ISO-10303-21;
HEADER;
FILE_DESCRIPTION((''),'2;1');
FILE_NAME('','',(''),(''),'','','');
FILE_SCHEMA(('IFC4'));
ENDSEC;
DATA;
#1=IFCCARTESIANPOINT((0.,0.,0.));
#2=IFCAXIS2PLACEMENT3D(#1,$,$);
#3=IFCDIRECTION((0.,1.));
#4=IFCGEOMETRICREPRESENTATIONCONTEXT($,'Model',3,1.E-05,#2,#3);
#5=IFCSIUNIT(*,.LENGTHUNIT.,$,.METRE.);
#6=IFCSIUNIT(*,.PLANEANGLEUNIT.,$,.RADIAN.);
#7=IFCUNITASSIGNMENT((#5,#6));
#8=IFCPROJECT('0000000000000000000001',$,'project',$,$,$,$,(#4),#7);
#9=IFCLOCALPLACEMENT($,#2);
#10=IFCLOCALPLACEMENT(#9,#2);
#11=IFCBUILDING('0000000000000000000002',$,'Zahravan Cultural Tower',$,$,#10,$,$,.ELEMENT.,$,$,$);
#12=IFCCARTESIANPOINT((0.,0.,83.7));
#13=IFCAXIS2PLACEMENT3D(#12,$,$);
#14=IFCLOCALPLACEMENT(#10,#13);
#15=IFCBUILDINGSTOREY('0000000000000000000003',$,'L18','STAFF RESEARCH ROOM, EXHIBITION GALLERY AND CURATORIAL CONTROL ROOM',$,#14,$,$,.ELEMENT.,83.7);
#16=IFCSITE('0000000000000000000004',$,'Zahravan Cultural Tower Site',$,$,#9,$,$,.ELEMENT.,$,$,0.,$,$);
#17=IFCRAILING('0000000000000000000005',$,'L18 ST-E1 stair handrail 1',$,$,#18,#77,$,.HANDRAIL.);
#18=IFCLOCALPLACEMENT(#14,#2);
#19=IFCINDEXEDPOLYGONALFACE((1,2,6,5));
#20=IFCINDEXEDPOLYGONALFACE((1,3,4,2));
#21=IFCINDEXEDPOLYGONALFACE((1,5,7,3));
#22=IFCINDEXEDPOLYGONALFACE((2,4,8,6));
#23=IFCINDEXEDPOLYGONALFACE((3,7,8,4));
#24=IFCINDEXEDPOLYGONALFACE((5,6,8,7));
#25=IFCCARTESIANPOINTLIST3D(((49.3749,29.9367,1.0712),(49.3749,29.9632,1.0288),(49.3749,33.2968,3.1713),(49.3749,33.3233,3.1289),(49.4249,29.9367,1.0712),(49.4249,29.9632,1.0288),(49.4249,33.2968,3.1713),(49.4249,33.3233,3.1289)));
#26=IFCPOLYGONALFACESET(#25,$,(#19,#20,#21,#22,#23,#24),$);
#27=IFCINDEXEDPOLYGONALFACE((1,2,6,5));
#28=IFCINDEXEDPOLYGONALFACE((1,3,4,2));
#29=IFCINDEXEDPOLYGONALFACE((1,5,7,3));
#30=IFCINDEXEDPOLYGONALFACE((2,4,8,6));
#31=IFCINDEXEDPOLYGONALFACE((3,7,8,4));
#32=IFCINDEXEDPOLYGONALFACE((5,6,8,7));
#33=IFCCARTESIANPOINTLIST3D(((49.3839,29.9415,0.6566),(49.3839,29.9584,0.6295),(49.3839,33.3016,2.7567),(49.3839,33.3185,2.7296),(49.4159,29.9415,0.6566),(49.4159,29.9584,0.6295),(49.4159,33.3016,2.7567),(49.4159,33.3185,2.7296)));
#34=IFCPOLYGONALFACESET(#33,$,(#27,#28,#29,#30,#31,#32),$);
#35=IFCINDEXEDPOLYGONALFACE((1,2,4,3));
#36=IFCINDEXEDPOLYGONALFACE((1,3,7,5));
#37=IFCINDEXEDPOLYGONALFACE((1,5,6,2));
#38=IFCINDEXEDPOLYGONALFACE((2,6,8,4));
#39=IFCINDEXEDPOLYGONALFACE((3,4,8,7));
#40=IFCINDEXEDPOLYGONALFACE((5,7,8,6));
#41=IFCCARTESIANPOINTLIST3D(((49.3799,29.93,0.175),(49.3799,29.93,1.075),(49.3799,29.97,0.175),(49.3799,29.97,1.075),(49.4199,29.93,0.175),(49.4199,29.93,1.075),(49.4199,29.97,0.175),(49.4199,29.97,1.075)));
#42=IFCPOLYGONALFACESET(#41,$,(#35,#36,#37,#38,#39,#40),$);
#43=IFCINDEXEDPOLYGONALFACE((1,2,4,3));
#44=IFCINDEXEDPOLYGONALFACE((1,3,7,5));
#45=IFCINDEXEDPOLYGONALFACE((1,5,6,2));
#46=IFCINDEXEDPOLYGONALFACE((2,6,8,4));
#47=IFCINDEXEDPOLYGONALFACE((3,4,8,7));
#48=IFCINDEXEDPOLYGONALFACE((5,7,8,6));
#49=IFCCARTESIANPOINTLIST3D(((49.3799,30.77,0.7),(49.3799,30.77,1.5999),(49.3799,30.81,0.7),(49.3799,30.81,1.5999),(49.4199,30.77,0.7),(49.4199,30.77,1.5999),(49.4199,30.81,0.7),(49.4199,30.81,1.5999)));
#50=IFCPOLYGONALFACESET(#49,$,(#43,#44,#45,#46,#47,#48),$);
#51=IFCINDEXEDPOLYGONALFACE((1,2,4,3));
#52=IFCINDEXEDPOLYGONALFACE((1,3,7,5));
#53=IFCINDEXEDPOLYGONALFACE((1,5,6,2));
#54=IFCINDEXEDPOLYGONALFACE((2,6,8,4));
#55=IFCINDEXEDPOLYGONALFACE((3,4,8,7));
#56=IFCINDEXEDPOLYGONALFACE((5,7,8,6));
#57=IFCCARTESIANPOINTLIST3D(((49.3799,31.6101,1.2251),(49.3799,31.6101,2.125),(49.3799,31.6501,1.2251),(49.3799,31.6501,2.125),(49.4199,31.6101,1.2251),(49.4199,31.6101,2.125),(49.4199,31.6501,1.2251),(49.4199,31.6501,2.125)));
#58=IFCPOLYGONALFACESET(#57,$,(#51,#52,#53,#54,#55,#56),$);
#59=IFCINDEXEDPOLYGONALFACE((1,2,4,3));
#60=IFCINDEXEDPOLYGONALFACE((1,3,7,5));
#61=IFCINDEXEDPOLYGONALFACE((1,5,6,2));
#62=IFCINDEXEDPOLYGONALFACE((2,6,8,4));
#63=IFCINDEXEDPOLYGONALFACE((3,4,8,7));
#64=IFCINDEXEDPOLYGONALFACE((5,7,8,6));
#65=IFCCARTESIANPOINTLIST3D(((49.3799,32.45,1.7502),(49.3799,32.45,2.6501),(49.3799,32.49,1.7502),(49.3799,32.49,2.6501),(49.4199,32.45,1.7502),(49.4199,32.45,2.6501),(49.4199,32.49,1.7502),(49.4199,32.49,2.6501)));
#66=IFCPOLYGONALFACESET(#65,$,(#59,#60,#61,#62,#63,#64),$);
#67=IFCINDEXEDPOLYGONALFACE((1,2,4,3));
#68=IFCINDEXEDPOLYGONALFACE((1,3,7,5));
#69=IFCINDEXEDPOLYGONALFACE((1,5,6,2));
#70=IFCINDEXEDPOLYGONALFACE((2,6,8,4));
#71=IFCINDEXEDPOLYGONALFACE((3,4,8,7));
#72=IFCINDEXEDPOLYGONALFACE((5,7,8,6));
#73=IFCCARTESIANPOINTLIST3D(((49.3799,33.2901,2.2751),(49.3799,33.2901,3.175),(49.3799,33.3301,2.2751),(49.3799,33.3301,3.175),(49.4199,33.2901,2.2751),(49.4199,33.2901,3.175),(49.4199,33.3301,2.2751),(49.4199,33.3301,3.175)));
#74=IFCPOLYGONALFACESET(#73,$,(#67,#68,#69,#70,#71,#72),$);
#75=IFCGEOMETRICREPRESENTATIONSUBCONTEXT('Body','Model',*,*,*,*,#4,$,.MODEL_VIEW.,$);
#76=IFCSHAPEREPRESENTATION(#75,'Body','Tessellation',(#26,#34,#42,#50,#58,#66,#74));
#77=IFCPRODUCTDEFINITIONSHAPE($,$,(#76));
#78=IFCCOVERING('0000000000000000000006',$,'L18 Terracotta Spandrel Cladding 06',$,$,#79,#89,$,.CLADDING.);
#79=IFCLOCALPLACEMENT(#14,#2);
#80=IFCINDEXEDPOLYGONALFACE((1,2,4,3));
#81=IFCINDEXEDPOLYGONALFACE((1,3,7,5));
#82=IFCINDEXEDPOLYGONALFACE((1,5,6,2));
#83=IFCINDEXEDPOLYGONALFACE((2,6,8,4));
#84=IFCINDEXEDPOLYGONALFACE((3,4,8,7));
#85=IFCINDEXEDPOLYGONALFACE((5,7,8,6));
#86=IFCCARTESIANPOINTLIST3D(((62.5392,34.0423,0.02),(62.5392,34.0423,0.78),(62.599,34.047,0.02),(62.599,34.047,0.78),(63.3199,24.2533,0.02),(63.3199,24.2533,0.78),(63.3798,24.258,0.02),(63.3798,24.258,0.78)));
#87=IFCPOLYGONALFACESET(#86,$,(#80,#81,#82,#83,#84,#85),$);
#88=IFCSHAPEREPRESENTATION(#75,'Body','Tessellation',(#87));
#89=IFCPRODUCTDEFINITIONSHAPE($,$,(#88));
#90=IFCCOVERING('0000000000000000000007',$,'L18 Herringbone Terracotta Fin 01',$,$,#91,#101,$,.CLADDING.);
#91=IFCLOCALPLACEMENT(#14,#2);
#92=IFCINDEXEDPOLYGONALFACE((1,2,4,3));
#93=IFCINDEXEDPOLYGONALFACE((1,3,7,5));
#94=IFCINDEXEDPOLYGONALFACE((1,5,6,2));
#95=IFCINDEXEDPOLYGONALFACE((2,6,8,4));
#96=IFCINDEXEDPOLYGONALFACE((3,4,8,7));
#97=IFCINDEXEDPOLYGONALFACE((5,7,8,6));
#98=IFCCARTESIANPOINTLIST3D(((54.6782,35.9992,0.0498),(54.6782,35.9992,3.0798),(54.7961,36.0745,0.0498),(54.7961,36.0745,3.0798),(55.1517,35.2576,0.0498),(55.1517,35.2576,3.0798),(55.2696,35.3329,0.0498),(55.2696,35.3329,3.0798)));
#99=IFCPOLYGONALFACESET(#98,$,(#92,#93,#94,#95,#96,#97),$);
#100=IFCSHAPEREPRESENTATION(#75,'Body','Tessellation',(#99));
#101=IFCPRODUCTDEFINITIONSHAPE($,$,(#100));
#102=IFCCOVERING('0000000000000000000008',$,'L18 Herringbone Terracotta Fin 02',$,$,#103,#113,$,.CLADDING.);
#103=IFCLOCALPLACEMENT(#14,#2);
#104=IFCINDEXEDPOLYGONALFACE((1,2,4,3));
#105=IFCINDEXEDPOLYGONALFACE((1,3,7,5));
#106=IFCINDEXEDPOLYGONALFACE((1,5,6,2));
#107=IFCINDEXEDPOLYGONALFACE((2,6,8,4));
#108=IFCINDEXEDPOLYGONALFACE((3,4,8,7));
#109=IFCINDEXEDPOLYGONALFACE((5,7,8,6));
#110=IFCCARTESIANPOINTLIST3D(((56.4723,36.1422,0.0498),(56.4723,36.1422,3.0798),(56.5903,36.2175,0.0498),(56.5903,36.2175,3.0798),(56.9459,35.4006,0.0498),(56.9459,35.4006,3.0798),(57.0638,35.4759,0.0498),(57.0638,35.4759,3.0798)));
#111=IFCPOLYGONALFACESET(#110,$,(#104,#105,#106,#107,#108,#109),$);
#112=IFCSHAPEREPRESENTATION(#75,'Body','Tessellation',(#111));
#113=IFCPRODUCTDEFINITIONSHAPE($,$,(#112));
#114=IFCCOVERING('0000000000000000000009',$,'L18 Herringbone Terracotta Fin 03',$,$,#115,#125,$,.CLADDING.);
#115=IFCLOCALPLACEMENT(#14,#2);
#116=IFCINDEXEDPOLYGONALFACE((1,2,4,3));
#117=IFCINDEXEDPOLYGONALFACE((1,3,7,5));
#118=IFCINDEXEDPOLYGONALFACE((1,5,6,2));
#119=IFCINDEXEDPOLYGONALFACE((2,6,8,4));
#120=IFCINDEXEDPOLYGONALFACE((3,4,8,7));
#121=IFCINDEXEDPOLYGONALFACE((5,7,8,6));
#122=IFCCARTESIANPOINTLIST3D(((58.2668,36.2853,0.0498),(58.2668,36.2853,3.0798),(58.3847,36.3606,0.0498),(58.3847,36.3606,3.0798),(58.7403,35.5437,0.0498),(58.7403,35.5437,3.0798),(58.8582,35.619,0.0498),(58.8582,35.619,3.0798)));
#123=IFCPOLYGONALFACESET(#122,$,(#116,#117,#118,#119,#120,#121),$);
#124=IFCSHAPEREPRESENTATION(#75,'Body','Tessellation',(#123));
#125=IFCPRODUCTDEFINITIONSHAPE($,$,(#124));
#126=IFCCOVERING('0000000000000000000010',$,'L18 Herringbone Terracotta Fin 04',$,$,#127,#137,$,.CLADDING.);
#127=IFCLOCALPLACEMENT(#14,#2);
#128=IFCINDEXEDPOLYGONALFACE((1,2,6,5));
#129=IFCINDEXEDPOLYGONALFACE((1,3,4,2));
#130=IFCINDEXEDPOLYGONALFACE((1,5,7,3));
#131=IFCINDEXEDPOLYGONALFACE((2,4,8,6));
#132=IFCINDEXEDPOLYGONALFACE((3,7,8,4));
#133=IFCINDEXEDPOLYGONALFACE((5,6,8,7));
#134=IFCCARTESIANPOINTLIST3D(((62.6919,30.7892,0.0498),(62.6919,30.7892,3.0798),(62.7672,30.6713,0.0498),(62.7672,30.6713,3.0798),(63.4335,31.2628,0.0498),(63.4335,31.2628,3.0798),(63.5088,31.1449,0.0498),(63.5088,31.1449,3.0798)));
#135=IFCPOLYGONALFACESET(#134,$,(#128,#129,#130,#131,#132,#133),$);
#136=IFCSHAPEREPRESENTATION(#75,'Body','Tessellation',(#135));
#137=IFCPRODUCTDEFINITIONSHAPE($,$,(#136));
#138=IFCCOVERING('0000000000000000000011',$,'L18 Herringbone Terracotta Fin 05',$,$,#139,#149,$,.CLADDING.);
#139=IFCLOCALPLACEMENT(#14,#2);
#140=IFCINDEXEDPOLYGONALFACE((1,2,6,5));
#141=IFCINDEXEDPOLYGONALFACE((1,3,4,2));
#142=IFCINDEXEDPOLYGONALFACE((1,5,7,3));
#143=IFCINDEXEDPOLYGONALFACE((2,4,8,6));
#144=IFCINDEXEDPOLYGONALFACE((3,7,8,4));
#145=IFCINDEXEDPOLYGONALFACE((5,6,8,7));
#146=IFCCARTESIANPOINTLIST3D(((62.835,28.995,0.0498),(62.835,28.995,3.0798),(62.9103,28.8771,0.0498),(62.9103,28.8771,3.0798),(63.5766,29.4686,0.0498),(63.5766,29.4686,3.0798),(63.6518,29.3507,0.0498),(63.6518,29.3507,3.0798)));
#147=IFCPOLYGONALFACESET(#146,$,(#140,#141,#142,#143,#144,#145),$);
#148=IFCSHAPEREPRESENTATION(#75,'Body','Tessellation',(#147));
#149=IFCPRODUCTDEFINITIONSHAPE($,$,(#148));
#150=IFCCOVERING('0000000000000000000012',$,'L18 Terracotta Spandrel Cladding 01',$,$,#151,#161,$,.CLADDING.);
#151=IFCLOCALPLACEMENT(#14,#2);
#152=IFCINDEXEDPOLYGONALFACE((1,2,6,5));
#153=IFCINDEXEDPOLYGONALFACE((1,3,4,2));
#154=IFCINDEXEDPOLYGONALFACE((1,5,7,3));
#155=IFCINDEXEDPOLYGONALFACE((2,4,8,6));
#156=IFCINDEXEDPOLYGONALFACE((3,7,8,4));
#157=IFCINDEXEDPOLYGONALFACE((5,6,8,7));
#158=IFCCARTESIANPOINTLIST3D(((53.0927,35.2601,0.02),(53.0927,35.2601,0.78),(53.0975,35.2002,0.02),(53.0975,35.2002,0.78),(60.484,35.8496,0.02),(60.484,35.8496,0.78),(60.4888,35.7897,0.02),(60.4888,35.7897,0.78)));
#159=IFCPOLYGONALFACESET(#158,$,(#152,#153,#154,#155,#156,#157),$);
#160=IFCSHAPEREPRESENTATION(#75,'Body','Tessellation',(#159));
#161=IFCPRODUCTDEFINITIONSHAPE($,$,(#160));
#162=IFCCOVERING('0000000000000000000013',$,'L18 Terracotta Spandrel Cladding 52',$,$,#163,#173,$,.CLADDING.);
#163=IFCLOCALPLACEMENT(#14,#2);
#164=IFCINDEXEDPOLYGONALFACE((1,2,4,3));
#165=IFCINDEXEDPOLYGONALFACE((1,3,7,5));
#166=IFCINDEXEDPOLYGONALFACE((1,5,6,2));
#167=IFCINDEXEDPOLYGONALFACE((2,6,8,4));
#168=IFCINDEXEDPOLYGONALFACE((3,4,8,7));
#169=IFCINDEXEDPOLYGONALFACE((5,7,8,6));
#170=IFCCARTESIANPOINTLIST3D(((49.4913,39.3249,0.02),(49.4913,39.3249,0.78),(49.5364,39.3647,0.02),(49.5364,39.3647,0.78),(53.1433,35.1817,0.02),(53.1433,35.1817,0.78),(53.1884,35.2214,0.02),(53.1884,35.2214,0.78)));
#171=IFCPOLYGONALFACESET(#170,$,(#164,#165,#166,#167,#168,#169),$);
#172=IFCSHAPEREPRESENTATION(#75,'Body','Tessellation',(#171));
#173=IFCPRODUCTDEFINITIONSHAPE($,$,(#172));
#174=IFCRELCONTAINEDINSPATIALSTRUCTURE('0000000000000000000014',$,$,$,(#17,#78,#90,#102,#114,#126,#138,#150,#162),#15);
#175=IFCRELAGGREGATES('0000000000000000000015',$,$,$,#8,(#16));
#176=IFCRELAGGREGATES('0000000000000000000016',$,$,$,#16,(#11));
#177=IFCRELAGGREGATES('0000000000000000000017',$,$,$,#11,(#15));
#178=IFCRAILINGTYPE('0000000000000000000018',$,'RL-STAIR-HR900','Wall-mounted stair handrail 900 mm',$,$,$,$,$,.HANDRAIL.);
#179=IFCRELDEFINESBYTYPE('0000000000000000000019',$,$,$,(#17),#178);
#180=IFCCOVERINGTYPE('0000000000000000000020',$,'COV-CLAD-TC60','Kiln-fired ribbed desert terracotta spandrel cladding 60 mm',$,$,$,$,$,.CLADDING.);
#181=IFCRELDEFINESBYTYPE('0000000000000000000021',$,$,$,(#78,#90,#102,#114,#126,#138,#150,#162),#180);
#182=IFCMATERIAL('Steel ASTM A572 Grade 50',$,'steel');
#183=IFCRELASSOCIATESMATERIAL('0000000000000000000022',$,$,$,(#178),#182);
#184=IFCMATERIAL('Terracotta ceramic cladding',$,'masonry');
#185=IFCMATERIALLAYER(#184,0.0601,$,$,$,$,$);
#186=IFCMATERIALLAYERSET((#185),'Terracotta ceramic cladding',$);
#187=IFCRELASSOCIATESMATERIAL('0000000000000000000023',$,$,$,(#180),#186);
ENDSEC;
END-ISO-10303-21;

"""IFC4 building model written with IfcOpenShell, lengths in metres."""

from ifc_helpers import new_model, si_unit, direction, frame, origin, origin_2d, place, context, subcontext, project, spatial, rectangle, extrude, source, transform, mapped, material, layer, layer_set, type_object, element, save


model = new_model("IFC4")

# Units and contexts
model_context = context("Model", 3, precision=1e-05, world=origin(), true_north=direction((0.0, 1.0)))
body_context = subcontext(model_context, "Body", "Model", "MODEL_VIEW")
ifc_project = project(units=[si_unit("LENGTHUNIT", "METRE"), si_unit("PLANEANGLEUNIT", "RADIAN")], contexts=[model_context])

# Site, building, storey
site_placement = place(None, origin())
site = spatial("IfcSite", under=ifc_project, at=site_placement, Name="Zahravan Cultural Tower Site", CompositionType="ELEMENT", RefElevation=0.0)
building_placement = place(site_placement, origin())
building = spatial("IfcBuilding", under=site, at=building_placement, Name="Zahravan Cultural Tower", CompositionType="ELEMENT")
storey_placement = place(building_placement, frame((0.0, 0.0, 83.7)))
storey = spatial("IfcBuildingStorey", under=building, at=storey_placement, Name="L18", Description="STAFF RESEARCH ROOM, EXHIBITION GALLERY AND CURATORIAL CONTROL ROOM", CompositionType="ELEMENT", Elevation=83.7)

# Railing
ifc_material_1 = material(Name="Steel ASTM A572 Grade 50", Category="steel")
railing_type = type_object("IfcRailingType", Name="RL-STAIR-HR900", Description="Wall-mounted stair handrail 900 mm", PredefinedType="HANDRAIL", material=ifc_material_1)
railing_placement = place(storey_placement, frame((49.3999, 29.95, 0.175)))
element("IfcRailing", 1, at=railing_placement, inside=storey, type_object=railing_type, Name="L18 ST-E1 stair handrail 1", PredefinedType="HANDRAIL", context=body_context, shape_type="SweptSolid", body=[
    extrude(rectangle(XDim=0.05, YDim=0.05, at=origin_2d()), frame((0.0, 0.0, 0.875), z_axis=(0.0, 0.847995, 0.530004), x_axis=(-1.0, 0.0, 0.0)), (0.0, 0.0, 1.0), 3.9624),
    extrude(rectangle(XDim=0.032, YDim=0.032, at=origin_2d()), frame((0.0, 0.0, 0.468), z_axis=(0.0, 0.847995, 0.530004), x_axis=(-1.0, 0.0, 0.0)), (0.0, 0.0, 1.0), 3.9624),
    extrude(rectangle(XDim=0.04, YDim=0.04, at=origin_2d()), origin(), (0.0, 0.0, 1.0), 0.8999),
    extrude(rectangle(XDim=0.04, YDim=0.04, at=origin_2d()), frame((0.0, 0.8401, 0.5249)), (0.0, 0.0, 1.0), 0.8999),
    extrude(rectangle(XDim=0.04, YDim=0.04, at=origin_2d()), frame((0.0, 1.6802, 1.05)), (0.0, 0.0, 1.0), 0.8999),
    extrude(rectangle(XDim=0.04, YDim=0.04, at=origin_2d()), frame((0.0, 2.52, 1.5752)), (0.0, 0.0, 1.0), 0.8999),
    extrude(rectangle(XDim=0.04, YDim=0.04, at=origin_2d()), frame((0.0, 3.3601, 2.1001)), (0.0, 0.0, 1.0), 0.8999),
])

# Coverings
ifc_material_2 = material(Name="Terracotta ceramic cladding", Category="masonry")
ifc_layer_1 = layer(ifc_material_2, 0.0601)
ifc_layer_set_1 = layer_set([ifc_layer_1], Name="Terracotta ceramic cladding")
covering_type = type_object("IfcCoveringType", Name="COV-CLAD-TC60", Description="Kiln-fired ribbed desert terracotta spandrel cladding 60 mm", PredefinedType="CLADDING", material=ifc_layer_set_1)
shared_shape_1 = source(origin(), body_context, "Body", "SweptSolid", [
    extrude(rectangle(XDim=9.8201, YDim=0.0601, at=origin_2d()), origin(), (0.0, 0.0, 1.0), 0.76),
])
covering_1_placement = place(storey_placement, frame((62.9595, 29.1501, 0.02), z_axis=(0.0, 0.0, 1.0), x_axis=(0.079503, -0.996835, 0.0)))
element("IfcCovering", 2, at=covering_1_placement, inside=storey, type_object=covering_type, Name="L18 Terracotta Spandrel Cladding 06", PredefinedType="CLADDING", context=body_context, shape_type="MappedRepresentation", body=[
    mapped(shared_shape_1, transform((0.0, 0.0, 0.0), x_axis=(1.0, 0.0, 0.0), y_axis=(0.0, 1.0, 0.0), z_axis=(0.0, 0.0, 1.0), scale=1.0)),
])
shared_shape_2 = source(origin(), body_context, "Body", "SweptSolid", [
    extrude(rectangle(XDim=0.8799, YDim=0.1399, at=origin_2d()), origin(), (0.0, 0.0, 1.0), 3.03),
])
for number, where, z_axis, x_axis, name in (
    (3, (54.9739, 35.666, 0.0498), (0.0, 0.0, 1.0), (-0.538183, 0.842828, 0.0), "L18 Herringbone Terracotta Fin 01"),
    (4, (56.7681, 35.8091, 0.0498), (0.0, 0.0, 1.0), (-0.538183, 0.842828, 0.0), "L18 Herringbone Terracotta Fin 02"),
    (5, (58.5625, 35.9521, 0.0498), (0.0, 0.0, 1.0), (-0.538183, 0.842828, 0.0), "L18 Herringbone Terracotta Fin 03"),
    (6, (63.1003, 30.967, 0.0498), (0.0, 0.0, 1.0), (0.842828, 0.538183, 0.0), "L18 Herringbone Terracotta Fin 04"),
    (7, (63.2434, 29.1729, 0.0498), (0.0, 0.0, 1.0), (0.842828, 0.538183, 0.0), "L18 Herringbone Terracotta Fin 05"),
):
    element("IfcCovering", number, at=place(storey_placement, frame(where, z_axis=z_axis, x_axis=x_axis)), inside=storey, type_object=covering_type, Name=name, PredefinedType="CLADDING", context=body_context, shape_type="MappedRepresentation", body=[
        mapped(shared_shape_2, transform((0.0, 0.0, 0.0), x_axis=(1.0, 0.0, 0.0), y_axis=(0.0, 1.0, 0.0), z_axis=(0.0, 0.0, 1.0), scale=1.0)),
    ])
shared_shape_3 = source(origin(), body_context, "Body", "SweptSolid", [
    extrude(rectangle(XDim=7.4148, YDim=0.0601, at=origin_2d()), origin(), (0.0, 0.0, 1.0), 0.76),
])
covering_2_placement = place(storey_placement, frame((56.7908, 35.5249, 0.02), z_axis=(0.0, 0.0, 1.0), x_axis=(0.996835, 0.079503, 0.0)))
element("IfcCovering", 8, at=covering_2_placement, inside=storey, type_object=covering_type, Name="L18 Terracotta Spandrel Cladding 01", PredefinedType="CLADDING", context=body_context, shape_type="MappedRepresentation", body=[
    mapped(shared_shape_3, transform((0.0, 0.0, 0.0), x_axis=(1.0, 0.0, 0.0), y_axis=(0.0, 1.0, 0.0), z_axis=(0.0, 0.0, 1.0), scale=1.0)),
])
shared_shape_4 = source(origin(), body_context, "Body", "SweptSolid", [
    extrude(rectangle(XDim=5.5229, YDim=0.0601, at=origin_2d()), origin(), (0.0, 0.0, 1.0), 0.76),
])
covering_3_placement = place(storey_placement, frame((51.3398, 37.2732, 0.02), z_axis=(0.0, 0.0, 1.0), x_axis=(0.661233, -0.75018, 0.0)))
element("IfcCovering", 9, at=covering_3_placement, inside=storey, type_object=covering_type, Name="L18 Terracotta Spandrel Cladding 52", PredefinedType="CLADDING", context=body_context, shape_type="MappedRepresentation", body=[
    mapped(shared_shape_4, transform((0.0, 0.0, 0.0), x_axis=(1.0, 0.0, 0.0), y_axis=(0.0, 1.0, 0.0), z_axis=(0.0, 0.0, 1.0), scale=1.0)),
])

save(model, "model.ifc")
